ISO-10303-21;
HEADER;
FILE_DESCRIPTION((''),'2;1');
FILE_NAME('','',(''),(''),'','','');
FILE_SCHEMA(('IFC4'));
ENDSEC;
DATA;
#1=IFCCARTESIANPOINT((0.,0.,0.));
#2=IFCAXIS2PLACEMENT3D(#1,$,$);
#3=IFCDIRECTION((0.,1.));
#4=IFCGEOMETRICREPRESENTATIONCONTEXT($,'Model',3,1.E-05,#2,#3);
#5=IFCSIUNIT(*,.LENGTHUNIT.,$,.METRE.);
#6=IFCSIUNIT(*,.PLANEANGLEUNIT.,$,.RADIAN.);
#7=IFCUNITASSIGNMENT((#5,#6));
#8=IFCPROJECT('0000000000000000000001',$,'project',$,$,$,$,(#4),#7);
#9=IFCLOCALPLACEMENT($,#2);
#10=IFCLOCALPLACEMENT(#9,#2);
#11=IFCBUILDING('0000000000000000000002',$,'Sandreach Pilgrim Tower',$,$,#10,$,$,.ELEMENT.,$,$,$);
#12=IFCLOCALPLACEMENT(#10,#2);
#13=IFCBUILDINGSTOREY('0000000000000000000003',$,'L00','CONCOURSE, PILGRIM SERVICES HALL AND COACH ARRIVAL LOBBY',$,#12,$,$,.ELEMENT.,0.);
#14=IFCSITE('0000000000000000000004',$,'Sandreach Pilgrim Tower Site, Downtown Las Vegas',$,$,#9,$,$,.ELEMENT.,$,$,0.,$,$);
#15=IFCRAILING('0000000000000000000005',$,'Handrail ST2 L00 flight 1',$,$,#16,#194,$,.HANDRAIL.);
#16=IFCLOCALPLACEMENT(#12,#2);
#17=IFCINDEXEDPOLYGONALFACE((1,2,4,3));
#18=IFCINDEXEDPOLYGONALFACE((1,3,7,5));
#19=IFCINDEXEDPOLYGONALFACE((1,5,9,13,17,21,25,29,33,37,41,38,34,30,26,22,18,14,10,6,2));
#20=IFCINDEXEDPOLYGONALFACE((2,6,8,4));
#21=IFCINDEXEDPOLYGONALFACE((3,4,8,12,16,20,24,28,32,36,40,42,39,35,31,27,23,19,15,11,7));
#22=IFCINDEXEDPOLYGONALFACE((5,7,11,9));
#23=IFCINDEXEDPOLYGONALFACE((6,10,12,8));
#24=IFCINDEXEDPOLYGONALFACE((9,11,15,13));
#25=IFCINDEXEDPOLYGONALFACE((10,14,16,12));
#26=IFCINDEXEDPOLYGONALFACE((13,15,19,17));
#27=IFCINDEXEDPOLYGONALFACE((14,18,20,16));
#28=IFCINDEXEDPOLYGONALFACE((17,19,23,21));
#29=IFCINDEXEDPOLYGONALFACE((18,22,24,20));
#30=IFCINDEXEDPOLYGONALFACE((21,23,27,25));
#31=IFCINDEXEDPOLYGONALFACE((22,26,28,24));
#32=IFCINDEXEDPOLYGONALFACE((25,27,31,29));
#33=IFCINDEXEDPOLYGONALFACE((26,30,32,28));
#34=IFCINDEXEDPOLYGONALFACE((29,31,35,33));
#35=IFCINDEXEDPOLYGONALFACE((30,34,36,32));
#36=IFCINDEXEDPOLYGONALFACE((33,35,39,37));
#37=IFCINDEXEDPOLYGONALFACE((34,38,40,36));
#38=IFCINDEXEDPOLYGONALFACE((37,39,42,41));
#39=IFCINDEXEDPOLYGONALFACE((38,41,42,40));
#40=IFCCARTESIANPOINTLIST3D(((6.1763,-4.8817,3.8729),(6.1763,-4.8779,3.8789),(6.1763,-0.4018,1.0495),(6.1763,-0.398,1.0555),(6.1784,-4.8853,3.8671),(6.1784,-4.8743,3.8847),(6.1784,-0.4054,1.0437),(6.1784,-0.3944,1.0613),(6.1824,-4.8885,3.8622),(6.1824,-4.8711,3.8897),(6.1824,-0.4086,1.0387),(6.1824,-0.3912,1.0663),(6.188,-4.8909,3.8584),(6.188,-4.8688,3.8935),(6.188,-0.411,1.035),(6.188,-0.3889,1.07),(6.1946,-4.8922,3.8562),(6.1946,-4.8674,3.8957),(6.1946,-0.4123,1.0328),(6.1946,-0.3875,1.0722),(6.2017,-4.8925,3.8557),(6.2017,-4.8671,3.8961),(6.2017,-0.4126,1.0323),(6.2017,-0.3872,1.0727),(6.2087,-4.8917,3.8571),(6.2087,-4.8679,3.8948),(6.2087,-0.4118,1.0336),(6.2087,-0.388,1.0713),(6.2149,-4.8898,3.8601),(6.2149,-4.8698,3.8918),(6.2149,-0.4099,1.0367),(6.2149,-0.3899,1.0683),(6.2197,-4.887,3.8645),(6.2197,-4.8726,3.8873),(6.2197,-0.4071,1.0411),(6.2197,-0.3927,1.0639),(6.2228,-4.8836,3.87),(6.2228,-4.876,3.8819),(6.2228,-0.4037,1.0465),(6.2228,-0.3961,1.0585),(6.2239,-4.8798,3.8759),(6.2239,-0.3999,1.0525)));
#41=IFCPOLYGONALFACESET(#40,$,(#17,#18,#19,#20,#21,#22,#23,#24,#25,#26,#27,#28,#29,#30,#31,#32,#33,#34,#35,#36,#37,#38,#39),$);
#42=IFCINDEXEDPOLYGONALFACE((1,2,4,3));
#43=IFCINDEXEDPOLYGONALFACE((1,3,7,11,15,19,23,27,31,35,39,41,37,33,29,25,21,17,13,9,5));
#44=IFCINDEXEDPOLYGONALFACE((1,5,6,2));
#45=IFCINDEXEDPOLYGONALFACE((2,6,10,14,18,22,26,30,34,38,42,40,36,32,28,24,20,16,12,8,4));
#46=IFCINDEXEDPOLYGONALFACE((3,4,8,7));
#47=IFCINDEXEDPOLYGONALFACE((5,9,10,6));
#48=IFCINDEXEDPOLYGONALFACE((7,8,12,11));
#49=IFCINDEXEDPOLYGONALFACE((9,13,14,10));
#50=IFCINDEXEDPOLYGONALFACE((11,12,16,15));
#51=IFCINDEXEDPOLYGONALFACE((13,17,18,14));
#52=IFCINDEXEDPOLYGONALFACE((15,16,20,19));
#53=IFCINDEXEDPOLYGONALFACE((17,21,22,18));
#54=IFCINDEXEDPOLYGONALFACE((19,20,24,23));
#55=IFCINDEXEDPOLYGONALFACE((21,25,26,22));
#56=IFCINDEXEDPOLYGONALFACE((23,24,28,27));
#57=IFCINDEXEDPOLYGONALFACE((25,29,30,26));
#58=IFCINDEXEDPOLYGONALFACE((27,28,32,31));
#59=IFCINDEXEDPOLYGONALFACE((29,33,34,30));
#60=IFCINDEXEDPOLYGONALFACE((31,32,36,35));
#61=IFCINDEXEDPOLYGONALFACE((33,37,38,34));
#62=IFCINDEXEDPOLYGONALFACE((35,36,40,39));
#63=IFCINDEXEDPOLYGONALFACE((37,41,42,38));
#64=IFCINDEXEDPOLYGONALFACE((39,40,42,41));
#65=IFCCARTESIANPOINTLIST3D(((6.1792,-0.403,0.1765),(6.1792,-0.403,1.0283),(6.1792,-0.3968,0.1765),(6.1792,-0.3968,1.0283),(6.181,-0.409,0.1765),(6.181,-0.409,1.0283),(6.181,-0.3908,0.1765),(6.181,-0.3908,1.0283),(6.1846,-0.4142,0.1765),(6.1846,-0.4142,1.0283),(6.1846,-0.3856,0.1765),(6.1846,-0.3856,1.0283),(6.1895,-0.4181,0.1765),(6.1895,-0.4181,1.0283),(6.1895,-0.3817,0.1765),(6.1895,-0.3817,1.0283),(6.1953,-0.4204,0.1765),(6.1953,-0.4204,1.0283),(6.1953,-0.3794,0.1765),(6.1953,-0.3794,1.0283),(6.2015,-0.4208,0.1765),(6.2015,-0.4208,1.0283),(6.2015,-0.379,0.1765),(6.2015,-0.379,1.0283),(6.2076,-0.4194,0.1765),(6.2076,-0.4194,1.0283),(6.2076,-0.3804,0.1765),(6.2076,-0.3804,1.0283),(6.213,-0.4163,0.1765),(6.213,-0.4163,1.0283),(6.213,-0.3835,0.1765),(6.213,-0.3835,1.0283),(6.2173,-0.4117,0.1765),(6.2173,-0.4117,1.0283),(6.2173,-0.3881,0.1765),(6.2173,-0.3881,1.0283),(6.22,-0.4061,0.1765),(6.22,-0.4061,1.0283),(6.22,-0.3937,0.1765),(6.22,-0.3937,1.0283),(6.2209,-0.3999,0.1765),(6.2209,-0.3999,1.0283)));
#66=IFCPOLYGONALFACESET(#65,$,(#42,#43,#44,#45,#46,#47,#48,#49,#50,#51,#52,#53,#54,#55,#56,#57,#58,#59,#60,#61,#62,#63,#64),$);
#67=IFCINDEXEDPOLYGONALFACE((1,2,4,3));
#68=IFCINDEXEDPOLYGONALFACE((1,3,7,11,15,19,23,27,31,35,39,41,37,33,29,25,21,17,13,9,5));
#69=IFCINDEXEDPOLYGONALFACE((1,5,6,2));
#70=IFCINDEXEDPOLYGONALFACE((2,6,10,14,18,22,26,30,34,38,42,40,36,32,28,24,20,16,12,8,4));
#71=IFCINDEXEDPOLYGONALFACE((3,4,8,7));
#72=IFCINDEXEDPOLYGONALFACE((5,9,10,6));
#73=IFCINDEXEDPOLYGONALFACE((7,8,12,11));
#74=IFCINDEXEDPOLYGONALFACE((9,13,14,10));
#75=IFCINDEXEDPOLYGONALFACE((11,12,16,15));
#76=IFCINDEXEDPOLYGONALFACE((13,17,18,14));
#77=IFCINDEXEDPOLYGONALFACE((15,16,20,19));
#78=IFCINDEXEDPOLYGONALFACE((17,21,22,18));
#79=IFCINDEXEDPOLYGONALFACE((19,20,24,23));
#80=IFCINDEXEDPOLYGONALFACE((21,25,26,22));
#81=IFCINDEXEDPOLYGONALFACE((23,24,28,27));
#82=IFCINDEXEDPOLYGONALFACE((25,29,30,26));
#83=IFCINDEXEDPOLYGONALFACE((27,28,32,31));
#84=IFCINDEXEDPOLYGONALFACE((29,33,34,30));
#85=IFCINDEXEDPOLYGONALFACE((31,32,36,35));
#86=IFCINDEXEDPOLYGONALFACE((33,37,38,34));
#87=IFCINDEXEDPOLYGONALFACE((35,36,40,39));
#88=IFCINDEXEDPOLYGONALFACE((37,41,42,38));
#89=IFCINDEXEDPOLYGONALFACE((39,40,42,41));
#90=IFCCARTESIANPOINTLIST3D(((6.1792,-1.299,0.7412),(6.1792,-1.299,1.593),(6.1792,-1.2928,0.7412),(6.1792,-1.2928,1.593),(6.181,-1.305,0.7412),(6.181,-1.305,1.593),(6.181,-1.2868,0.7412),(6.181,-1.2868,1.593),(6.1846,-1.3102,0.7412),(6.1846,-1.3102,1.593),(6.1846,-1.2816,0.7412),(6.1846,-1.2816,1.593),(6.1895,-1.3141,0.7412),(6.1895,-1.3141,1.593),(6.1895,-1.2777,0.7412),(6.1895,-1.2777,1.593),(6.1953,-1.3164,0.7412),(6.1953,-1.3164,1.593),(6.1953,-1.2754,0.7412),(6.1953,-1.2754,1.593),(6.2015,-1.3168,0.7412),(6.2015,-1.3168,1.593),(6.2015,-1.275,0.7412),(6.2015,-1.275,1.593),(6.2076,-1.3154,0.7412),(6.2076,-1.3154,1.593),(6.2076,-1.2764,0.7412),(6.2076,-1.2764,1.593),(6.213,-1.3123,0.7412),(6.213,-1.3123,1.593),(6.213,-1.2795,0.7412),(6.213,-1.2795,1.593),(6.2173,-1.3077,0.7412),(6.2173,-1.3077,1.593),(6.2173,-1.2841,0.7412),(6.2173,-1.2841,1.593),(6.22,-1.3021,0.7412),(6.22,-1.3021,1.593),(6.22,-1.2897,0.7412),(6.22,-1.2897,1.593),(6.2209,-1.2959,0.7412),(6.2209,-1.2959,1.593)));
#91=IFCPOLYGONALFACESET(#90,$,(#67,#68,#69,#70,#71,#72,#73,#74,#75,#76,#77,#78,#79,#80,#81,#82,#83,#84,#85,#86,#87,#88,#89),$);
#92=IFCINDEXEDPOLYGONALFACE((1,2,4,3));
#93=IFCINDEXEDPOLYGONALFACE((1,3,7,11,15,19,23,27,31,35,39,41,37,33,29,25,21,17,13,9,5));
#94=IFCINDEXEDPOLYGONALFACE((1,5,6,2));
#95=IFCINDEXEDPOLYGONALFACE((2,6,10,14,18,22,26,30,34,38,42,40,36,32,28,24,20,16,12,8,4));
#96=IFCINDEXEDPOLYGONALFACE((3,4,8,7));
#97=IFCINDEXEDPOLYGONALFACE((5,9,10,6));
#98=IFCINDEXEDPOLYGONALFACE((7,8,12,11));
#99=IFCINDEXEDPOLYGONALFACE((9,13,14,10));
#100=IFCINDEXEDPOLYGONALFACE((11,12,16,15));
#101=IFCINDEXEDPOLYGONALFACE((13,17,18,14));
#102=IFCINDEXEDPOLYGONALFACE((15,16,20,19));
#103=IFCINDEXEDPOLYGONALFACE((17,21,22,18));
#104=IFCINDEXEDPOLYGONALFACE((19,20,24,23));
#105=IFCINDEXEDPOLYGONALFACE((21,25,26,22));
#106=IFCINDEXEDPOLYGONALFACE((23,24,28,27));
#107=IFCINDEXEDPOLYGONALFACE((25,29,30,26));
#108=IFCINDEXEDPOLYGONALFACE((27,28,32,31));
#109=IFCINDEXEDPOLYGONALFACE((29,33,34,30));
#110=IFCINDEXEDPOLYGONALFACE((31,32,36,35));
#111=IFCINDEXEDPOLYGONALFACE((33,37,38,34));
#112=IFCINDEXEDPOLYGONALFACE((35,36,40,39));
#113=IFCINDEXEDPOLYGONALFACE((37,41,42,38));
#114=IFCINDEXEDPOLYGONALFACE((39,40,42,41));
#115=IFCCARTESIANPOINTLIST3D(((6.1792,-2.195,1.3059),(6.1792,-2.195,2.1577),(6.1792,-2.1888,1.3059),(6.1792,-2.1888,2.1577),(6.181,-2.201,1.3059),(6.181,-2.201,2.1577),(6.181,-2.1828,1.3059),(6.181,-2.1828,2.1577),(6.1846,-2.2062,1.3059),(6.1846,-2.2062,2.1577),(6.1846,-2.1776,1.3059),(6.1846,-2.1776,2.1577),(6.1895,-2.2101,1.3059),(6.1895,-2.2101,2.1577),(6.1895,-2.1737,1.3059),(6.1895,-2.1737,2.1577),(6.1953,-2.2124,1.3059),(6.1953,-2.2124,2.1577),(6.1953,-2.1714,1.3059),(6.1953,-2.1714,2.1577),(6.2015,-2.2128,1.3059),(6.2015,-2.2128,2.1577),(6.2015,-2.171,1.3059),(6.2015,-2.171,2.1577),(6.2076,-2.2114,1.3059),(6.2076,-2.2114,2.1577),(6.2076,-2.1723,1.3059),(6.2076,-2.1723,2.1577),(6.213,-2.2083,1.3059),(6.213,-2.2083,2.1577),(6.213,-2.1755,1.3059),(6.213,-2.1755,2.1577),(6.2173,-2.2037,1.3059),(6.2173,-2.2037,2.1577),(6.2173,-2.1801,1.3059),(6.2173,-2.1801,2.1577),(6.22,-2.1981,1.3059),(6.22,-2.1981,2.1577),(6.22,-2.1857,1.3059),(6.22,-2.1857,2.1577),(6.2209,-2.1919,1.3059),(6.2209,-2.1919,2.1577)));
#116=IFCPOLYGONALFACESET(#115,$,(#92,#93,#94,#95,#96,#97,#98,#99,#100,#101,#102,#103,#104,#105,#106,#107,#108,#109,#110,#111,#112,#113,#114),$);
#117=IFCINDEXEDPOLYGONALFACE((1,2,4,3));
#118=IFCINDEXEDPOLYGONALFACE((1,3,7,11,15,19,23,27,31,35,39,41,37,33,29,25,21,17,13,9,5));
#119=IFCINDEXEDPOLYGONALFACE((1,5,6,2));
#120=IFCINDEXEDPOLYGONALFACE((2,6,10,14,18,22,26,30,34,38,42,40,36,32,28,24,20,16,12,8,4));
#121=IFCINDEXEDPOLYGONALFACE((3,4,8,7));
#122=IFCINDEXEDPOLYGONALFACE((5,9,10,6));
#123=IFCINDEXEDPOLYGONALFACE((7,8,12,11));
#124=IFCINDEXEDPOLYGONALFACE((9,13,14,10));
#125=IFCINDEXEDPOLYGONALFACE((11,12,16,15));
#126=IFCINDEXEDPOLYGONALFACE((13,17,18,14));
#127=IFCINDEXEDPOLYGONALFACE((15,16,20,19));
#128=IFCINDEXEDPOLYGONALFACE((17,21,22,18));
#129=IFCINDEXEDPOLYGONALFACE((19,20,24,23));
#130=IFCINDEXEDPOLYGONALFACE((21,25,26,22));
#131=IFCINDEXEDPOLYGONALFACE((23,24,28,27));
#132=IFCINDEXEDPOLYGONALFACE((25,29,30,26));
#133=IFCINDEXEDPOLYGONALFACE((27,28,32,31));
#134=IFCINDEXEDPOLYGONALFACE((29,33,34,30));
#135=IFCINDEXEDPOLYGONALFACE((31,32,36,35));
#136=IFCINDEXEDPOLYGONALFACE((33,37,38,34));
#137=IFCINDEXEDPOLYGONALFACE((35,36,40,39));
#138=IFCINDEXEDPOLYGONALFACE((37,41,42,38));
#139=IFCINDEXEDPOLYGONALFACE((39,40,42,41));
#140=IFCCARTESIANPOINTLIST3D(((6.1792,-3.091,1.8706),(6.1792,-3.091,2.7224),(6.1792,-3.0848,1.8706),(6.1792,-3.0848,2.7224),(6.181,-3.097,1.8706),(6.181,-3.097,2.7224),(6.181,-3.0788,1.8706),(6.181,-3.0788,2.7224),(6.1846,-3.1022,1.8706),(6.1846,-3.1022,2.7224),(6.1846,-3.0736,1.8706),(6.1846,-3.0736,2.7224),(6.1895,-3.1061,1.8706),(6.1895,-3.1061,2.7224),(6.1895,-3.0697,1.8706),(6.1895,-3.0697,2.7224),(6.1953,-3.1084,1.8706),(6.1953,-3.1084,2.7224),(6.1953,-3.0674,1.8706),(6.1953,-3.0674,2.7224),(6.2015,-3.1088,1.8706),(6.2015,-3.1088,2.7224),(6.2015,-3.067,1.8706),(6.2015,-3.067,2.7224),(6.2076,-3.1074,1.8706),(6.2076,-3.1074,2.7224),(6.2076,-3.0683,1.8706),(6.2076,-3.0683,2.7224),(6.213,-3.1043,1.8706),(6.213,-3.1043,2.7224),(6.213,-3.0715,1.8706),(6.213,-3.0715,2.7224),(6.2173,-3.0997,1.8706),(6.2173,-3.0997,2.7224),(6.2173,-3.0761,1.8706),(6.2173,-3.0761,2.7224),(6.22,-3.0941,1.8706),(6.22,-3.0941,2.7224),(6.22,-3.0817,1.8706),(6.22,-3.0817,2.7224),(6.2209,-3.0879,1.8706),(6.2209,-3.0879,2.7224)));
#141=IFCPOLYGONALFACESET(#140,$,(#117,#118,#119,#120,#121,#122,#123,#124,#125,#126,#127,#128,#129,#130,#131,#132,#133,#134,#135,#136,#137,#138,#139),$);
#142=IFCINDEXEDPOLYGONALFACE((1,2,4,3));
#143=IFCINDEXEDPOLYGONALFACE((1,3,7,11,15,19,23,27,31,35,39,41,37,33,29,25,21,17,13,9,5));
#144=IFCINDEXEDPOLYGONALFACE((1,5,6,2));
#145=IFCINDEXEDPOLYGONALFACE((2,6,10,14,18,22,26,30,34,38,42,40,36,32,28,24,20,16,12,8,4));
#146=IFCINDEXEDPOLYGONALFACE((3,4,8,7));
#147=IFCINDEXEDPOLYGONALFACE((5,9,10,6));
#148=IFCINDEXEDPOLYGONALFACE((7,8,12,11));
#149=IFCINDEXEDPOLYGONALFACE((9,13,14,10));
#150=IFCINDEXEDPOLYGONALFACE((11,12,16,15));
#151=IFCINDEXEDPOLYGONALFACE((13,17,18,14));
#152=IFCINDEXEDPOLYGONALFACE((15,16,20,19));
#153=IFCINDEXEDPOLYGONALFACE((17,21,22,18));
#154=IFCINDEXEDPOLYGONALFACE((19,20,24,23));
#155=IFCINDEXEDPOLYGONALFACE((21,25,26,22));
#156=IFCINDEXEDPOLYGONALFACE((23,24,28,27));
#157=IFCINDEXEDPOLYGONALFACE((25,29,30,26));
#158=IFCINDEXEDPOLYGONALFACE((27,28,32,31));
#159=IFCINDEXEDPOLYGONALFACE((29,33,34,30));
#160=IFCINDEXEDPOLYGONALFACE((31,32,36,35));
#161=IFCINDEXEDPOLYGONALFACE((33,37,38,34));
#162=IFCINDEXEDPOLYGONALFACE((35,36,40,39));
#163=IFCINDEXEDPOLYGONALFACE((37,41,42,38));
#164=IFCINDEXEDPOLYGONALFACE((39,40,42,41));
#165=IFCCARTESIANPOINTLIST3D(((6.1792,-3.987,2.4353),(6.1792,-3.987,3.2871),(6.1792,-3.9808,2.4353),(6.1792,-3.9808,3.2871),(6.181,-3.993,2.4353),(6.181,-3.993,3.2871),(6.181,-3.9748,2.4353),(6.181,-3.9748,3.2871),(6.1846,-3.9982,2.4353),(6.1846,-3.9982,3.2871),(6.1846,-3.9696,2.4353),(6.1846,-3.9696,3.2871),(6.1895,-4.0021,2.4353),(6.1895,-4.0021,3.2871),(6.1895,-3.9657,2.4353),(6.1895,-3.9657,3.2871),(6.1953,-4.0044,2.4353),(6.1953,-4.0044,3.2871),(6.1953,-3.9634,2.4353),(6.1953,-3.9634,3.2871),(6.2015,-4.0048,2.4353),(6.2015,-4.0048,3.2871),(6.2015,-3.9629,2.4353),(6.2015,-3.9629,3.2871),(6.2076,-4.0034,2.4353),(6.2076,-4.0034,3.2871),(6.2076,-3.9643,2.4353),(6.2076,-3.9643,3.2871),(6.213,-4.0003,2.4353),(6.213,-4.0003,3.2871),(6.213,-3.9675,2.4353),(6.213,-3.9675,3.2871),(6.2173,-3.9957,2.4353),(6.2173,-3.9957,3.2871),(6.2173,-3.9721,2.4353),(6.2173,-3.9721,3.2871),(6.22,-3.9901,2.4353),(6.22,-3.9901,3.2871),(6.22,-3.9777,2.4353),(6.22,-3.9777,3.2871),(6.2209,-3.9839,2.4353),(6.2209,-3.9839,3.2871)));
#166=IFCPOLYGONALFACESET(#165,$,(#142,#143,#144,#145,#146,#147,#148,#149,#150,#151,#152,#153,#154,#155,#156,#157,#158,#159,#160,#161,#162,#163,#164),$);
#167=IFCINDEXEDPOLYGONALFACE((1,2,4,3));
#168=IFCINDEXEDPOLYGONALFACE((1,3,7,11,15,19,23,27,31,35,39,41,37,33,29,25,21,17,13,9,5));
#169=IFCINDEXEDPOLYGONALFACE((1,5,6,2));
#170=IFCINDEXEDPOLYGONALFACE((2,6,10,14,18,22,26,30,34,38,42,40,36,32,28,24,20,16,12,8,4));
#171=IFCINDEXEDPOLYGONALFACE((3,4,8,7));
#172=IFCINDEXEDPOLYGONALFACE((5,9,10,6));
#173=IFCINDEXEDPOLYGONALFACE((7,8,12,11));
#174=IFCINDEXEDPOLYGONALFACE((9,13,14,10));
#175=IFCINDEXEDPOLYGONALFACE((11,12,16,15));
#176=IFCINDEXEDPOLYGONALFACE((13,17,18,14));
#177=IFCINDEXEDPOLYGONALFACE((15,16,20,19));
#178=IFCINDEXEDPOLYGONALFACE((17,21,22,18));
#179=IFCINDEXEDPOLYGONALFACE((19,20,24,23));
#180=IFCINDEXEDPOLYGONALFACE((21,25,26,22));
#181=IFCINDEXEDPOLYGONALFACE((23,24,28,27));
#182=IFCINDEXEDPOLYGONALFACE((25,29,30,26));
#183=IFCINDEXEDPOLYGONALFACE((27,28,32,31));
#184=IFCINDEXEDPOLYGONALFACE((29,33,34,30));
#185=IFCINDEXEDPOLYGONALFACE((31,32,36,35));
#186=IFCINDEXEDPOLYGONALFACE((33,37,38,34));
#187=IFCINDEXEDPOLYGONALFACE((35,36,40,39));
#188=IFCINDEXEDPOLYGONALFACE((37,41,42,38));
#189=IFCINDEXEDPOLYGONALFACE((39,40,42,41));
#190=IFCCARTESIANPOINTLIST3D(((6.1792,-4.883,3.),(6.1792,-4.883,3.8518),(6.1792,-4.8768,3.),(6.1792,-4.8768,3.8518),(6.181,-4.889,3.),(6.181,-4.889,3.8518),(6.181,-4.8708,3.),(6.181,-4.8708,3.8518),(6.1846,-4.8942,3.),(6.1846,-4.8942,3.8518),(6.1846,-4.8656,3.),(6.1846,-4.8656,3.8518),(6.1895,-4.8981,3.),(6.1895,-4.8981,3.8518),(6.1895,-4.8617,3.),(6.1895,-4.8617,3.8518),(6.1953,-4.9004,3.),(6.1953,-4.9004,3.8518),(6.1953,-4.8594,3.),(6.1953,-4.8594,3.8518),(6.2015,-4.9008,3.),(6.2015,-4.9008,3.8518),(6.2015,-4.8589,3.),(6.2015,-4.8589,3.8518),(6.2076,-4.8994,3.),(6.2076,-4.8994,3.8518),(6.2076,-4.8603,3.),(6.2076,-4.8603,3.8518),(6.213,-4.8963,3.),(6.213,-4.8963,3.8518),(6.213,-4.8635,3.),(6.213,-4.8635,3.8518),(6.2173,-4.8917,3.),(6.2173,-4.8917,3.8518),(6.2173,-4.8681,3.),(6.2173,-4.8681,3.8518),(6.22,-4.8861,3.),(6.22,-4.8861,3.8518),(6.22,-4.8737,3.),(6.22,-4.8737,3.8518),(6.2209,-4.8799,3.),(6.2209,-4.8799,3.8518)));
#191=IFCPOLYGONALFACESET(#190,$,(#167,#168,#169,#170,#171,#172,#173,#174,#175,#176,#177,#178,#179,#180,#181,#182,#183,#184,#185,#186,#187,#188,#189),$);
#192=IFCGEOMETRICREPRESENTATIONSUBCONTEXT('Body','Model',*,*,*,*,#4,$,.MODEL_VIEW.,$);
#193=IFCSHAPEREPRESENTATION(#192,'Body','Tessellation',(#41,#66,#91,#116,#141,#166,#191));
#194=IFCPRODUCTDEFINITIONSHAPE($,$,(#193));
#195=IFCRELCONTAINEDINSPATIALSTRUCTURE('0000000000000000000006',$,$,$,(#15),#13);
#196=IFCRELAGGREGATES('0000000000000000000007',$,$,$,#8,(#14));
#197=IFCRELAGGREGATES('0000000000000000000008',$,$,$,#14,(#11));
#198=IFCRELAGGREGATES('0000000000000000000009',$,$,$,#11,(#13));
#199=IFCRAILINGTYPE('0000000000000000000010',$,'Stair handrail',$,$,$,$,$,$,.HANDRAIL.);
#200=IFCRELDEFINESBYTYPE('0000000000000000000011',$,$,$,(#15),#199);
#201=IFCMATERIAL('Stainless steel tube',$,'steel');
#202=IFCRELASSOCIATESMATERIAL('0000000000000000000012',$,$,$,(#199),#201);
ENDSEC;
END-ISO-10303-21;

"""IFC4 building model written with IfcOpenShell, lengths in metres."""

from ifc_helpers import new_model, si_unit, direction, frame, origin, origin_2d, place, context, subcontext, project, spatial, circle, extrude, material, type_object, element, save


model = new_model("IFC4")

# Units and contexts
model_context = context("Model", 3, precision=1e-05, world=origin(), true_north=direction((0.0, 1.0)))
body_context = subcontext(model_context, "Body", "Model", "MODEL_VIEW")
ifc_project = project(units=[si_unit("LENGTHUNIT", "METRE"), si_unit("PLANEANGLEUNIT", "RADIAN")], contexts=[model_context])

# Site, building, storey
site_placement = place(None, origin())
site = spatial("IfcSite", under=ifc_project, at=site_placement, Name="Sandreach Pilgrim Tower Site, Downtown Las Vegas", CompositionType="ELEMENT", RefElevation=0.0)
building_placement = place(site_placement, origin())
building = spatial("IfcBuilding", under=site, at=building_placement, Name="Sandreach Pilgrim Tower", CompositionType="ELEMENT")
storey_placement = place(building_placement, origin())
storey = spatial("IfcBuildingStorey", under=building, at=storey_placement, Name="L00", Description="CONCOURSE, PILGRIM SERVICES HALL AND COACH ARRIVAL LOBBY", CompositionType="ELEMENT", Elevation=0.0)

# Railing
ifc_material_1 = material(Name="Stainless steel tube", Category="steel")
railing_type = type_object("IfcRailingType", Name="Stair handrail", PredefinedType="HANDRAIL", material=ifc_material_1)
for number, where, name in (
    (1, (6.2, -0.3999, 0.1765), "Handrail ST2 L00 flight 1"),
):
    element("IfcRailing", number, at=place(storey_placement, frame(where)), inside=storey, type_object=railing_type, Name=name, PredefinedType="HANDRAIL", context=body_context, shape_type="SweptSolid", body=[
        extrude(circle(Radius=0.0239, at=origin_2d()), frame((0.0, 0.0, 0.876), z_axis=(0.0, -0.845998, 0.533186), x_axis=(1.0, 0.0, 0.0)), (0.0, 0.0, 1.0), 5.2954),
        extrude(circle(Radius=0.021, at=origin_2d()), origin(), (0.0, 0.0, 1.0), 0.8518),
        extrude(circle(Radius=0.021, at=origin_2d()), frame((0.0, -0.896, 0.5647)), (0.0, 0.0, 1.0), 0.8518),
        extrude(circle(Radius=0.021, at=origin_2d()), frame((0.0, -1.792, 1.1294)), (0.0, 0.0, 1.0), 0.8518),
        extrude(circle(Radius=0.021, at=origin_2d()), frame((0.0, -2.688, 1.6941)), (0.0, 0.0, 1.0), 0.8518),
        extrude(circle(Radius=0.021, at=origin_2d()), frame((0.0, -3.584, 2.2588)), (0.0, 0.0, 1.0), 0.8518),
        extrude(circle(Radius=0.021, at=origin_2d()), frame((0.0, -4.48, 2.8235)), (0.0, 0.0, 1.0), 0.8518),
    ])

save(model, "model.ifc")
